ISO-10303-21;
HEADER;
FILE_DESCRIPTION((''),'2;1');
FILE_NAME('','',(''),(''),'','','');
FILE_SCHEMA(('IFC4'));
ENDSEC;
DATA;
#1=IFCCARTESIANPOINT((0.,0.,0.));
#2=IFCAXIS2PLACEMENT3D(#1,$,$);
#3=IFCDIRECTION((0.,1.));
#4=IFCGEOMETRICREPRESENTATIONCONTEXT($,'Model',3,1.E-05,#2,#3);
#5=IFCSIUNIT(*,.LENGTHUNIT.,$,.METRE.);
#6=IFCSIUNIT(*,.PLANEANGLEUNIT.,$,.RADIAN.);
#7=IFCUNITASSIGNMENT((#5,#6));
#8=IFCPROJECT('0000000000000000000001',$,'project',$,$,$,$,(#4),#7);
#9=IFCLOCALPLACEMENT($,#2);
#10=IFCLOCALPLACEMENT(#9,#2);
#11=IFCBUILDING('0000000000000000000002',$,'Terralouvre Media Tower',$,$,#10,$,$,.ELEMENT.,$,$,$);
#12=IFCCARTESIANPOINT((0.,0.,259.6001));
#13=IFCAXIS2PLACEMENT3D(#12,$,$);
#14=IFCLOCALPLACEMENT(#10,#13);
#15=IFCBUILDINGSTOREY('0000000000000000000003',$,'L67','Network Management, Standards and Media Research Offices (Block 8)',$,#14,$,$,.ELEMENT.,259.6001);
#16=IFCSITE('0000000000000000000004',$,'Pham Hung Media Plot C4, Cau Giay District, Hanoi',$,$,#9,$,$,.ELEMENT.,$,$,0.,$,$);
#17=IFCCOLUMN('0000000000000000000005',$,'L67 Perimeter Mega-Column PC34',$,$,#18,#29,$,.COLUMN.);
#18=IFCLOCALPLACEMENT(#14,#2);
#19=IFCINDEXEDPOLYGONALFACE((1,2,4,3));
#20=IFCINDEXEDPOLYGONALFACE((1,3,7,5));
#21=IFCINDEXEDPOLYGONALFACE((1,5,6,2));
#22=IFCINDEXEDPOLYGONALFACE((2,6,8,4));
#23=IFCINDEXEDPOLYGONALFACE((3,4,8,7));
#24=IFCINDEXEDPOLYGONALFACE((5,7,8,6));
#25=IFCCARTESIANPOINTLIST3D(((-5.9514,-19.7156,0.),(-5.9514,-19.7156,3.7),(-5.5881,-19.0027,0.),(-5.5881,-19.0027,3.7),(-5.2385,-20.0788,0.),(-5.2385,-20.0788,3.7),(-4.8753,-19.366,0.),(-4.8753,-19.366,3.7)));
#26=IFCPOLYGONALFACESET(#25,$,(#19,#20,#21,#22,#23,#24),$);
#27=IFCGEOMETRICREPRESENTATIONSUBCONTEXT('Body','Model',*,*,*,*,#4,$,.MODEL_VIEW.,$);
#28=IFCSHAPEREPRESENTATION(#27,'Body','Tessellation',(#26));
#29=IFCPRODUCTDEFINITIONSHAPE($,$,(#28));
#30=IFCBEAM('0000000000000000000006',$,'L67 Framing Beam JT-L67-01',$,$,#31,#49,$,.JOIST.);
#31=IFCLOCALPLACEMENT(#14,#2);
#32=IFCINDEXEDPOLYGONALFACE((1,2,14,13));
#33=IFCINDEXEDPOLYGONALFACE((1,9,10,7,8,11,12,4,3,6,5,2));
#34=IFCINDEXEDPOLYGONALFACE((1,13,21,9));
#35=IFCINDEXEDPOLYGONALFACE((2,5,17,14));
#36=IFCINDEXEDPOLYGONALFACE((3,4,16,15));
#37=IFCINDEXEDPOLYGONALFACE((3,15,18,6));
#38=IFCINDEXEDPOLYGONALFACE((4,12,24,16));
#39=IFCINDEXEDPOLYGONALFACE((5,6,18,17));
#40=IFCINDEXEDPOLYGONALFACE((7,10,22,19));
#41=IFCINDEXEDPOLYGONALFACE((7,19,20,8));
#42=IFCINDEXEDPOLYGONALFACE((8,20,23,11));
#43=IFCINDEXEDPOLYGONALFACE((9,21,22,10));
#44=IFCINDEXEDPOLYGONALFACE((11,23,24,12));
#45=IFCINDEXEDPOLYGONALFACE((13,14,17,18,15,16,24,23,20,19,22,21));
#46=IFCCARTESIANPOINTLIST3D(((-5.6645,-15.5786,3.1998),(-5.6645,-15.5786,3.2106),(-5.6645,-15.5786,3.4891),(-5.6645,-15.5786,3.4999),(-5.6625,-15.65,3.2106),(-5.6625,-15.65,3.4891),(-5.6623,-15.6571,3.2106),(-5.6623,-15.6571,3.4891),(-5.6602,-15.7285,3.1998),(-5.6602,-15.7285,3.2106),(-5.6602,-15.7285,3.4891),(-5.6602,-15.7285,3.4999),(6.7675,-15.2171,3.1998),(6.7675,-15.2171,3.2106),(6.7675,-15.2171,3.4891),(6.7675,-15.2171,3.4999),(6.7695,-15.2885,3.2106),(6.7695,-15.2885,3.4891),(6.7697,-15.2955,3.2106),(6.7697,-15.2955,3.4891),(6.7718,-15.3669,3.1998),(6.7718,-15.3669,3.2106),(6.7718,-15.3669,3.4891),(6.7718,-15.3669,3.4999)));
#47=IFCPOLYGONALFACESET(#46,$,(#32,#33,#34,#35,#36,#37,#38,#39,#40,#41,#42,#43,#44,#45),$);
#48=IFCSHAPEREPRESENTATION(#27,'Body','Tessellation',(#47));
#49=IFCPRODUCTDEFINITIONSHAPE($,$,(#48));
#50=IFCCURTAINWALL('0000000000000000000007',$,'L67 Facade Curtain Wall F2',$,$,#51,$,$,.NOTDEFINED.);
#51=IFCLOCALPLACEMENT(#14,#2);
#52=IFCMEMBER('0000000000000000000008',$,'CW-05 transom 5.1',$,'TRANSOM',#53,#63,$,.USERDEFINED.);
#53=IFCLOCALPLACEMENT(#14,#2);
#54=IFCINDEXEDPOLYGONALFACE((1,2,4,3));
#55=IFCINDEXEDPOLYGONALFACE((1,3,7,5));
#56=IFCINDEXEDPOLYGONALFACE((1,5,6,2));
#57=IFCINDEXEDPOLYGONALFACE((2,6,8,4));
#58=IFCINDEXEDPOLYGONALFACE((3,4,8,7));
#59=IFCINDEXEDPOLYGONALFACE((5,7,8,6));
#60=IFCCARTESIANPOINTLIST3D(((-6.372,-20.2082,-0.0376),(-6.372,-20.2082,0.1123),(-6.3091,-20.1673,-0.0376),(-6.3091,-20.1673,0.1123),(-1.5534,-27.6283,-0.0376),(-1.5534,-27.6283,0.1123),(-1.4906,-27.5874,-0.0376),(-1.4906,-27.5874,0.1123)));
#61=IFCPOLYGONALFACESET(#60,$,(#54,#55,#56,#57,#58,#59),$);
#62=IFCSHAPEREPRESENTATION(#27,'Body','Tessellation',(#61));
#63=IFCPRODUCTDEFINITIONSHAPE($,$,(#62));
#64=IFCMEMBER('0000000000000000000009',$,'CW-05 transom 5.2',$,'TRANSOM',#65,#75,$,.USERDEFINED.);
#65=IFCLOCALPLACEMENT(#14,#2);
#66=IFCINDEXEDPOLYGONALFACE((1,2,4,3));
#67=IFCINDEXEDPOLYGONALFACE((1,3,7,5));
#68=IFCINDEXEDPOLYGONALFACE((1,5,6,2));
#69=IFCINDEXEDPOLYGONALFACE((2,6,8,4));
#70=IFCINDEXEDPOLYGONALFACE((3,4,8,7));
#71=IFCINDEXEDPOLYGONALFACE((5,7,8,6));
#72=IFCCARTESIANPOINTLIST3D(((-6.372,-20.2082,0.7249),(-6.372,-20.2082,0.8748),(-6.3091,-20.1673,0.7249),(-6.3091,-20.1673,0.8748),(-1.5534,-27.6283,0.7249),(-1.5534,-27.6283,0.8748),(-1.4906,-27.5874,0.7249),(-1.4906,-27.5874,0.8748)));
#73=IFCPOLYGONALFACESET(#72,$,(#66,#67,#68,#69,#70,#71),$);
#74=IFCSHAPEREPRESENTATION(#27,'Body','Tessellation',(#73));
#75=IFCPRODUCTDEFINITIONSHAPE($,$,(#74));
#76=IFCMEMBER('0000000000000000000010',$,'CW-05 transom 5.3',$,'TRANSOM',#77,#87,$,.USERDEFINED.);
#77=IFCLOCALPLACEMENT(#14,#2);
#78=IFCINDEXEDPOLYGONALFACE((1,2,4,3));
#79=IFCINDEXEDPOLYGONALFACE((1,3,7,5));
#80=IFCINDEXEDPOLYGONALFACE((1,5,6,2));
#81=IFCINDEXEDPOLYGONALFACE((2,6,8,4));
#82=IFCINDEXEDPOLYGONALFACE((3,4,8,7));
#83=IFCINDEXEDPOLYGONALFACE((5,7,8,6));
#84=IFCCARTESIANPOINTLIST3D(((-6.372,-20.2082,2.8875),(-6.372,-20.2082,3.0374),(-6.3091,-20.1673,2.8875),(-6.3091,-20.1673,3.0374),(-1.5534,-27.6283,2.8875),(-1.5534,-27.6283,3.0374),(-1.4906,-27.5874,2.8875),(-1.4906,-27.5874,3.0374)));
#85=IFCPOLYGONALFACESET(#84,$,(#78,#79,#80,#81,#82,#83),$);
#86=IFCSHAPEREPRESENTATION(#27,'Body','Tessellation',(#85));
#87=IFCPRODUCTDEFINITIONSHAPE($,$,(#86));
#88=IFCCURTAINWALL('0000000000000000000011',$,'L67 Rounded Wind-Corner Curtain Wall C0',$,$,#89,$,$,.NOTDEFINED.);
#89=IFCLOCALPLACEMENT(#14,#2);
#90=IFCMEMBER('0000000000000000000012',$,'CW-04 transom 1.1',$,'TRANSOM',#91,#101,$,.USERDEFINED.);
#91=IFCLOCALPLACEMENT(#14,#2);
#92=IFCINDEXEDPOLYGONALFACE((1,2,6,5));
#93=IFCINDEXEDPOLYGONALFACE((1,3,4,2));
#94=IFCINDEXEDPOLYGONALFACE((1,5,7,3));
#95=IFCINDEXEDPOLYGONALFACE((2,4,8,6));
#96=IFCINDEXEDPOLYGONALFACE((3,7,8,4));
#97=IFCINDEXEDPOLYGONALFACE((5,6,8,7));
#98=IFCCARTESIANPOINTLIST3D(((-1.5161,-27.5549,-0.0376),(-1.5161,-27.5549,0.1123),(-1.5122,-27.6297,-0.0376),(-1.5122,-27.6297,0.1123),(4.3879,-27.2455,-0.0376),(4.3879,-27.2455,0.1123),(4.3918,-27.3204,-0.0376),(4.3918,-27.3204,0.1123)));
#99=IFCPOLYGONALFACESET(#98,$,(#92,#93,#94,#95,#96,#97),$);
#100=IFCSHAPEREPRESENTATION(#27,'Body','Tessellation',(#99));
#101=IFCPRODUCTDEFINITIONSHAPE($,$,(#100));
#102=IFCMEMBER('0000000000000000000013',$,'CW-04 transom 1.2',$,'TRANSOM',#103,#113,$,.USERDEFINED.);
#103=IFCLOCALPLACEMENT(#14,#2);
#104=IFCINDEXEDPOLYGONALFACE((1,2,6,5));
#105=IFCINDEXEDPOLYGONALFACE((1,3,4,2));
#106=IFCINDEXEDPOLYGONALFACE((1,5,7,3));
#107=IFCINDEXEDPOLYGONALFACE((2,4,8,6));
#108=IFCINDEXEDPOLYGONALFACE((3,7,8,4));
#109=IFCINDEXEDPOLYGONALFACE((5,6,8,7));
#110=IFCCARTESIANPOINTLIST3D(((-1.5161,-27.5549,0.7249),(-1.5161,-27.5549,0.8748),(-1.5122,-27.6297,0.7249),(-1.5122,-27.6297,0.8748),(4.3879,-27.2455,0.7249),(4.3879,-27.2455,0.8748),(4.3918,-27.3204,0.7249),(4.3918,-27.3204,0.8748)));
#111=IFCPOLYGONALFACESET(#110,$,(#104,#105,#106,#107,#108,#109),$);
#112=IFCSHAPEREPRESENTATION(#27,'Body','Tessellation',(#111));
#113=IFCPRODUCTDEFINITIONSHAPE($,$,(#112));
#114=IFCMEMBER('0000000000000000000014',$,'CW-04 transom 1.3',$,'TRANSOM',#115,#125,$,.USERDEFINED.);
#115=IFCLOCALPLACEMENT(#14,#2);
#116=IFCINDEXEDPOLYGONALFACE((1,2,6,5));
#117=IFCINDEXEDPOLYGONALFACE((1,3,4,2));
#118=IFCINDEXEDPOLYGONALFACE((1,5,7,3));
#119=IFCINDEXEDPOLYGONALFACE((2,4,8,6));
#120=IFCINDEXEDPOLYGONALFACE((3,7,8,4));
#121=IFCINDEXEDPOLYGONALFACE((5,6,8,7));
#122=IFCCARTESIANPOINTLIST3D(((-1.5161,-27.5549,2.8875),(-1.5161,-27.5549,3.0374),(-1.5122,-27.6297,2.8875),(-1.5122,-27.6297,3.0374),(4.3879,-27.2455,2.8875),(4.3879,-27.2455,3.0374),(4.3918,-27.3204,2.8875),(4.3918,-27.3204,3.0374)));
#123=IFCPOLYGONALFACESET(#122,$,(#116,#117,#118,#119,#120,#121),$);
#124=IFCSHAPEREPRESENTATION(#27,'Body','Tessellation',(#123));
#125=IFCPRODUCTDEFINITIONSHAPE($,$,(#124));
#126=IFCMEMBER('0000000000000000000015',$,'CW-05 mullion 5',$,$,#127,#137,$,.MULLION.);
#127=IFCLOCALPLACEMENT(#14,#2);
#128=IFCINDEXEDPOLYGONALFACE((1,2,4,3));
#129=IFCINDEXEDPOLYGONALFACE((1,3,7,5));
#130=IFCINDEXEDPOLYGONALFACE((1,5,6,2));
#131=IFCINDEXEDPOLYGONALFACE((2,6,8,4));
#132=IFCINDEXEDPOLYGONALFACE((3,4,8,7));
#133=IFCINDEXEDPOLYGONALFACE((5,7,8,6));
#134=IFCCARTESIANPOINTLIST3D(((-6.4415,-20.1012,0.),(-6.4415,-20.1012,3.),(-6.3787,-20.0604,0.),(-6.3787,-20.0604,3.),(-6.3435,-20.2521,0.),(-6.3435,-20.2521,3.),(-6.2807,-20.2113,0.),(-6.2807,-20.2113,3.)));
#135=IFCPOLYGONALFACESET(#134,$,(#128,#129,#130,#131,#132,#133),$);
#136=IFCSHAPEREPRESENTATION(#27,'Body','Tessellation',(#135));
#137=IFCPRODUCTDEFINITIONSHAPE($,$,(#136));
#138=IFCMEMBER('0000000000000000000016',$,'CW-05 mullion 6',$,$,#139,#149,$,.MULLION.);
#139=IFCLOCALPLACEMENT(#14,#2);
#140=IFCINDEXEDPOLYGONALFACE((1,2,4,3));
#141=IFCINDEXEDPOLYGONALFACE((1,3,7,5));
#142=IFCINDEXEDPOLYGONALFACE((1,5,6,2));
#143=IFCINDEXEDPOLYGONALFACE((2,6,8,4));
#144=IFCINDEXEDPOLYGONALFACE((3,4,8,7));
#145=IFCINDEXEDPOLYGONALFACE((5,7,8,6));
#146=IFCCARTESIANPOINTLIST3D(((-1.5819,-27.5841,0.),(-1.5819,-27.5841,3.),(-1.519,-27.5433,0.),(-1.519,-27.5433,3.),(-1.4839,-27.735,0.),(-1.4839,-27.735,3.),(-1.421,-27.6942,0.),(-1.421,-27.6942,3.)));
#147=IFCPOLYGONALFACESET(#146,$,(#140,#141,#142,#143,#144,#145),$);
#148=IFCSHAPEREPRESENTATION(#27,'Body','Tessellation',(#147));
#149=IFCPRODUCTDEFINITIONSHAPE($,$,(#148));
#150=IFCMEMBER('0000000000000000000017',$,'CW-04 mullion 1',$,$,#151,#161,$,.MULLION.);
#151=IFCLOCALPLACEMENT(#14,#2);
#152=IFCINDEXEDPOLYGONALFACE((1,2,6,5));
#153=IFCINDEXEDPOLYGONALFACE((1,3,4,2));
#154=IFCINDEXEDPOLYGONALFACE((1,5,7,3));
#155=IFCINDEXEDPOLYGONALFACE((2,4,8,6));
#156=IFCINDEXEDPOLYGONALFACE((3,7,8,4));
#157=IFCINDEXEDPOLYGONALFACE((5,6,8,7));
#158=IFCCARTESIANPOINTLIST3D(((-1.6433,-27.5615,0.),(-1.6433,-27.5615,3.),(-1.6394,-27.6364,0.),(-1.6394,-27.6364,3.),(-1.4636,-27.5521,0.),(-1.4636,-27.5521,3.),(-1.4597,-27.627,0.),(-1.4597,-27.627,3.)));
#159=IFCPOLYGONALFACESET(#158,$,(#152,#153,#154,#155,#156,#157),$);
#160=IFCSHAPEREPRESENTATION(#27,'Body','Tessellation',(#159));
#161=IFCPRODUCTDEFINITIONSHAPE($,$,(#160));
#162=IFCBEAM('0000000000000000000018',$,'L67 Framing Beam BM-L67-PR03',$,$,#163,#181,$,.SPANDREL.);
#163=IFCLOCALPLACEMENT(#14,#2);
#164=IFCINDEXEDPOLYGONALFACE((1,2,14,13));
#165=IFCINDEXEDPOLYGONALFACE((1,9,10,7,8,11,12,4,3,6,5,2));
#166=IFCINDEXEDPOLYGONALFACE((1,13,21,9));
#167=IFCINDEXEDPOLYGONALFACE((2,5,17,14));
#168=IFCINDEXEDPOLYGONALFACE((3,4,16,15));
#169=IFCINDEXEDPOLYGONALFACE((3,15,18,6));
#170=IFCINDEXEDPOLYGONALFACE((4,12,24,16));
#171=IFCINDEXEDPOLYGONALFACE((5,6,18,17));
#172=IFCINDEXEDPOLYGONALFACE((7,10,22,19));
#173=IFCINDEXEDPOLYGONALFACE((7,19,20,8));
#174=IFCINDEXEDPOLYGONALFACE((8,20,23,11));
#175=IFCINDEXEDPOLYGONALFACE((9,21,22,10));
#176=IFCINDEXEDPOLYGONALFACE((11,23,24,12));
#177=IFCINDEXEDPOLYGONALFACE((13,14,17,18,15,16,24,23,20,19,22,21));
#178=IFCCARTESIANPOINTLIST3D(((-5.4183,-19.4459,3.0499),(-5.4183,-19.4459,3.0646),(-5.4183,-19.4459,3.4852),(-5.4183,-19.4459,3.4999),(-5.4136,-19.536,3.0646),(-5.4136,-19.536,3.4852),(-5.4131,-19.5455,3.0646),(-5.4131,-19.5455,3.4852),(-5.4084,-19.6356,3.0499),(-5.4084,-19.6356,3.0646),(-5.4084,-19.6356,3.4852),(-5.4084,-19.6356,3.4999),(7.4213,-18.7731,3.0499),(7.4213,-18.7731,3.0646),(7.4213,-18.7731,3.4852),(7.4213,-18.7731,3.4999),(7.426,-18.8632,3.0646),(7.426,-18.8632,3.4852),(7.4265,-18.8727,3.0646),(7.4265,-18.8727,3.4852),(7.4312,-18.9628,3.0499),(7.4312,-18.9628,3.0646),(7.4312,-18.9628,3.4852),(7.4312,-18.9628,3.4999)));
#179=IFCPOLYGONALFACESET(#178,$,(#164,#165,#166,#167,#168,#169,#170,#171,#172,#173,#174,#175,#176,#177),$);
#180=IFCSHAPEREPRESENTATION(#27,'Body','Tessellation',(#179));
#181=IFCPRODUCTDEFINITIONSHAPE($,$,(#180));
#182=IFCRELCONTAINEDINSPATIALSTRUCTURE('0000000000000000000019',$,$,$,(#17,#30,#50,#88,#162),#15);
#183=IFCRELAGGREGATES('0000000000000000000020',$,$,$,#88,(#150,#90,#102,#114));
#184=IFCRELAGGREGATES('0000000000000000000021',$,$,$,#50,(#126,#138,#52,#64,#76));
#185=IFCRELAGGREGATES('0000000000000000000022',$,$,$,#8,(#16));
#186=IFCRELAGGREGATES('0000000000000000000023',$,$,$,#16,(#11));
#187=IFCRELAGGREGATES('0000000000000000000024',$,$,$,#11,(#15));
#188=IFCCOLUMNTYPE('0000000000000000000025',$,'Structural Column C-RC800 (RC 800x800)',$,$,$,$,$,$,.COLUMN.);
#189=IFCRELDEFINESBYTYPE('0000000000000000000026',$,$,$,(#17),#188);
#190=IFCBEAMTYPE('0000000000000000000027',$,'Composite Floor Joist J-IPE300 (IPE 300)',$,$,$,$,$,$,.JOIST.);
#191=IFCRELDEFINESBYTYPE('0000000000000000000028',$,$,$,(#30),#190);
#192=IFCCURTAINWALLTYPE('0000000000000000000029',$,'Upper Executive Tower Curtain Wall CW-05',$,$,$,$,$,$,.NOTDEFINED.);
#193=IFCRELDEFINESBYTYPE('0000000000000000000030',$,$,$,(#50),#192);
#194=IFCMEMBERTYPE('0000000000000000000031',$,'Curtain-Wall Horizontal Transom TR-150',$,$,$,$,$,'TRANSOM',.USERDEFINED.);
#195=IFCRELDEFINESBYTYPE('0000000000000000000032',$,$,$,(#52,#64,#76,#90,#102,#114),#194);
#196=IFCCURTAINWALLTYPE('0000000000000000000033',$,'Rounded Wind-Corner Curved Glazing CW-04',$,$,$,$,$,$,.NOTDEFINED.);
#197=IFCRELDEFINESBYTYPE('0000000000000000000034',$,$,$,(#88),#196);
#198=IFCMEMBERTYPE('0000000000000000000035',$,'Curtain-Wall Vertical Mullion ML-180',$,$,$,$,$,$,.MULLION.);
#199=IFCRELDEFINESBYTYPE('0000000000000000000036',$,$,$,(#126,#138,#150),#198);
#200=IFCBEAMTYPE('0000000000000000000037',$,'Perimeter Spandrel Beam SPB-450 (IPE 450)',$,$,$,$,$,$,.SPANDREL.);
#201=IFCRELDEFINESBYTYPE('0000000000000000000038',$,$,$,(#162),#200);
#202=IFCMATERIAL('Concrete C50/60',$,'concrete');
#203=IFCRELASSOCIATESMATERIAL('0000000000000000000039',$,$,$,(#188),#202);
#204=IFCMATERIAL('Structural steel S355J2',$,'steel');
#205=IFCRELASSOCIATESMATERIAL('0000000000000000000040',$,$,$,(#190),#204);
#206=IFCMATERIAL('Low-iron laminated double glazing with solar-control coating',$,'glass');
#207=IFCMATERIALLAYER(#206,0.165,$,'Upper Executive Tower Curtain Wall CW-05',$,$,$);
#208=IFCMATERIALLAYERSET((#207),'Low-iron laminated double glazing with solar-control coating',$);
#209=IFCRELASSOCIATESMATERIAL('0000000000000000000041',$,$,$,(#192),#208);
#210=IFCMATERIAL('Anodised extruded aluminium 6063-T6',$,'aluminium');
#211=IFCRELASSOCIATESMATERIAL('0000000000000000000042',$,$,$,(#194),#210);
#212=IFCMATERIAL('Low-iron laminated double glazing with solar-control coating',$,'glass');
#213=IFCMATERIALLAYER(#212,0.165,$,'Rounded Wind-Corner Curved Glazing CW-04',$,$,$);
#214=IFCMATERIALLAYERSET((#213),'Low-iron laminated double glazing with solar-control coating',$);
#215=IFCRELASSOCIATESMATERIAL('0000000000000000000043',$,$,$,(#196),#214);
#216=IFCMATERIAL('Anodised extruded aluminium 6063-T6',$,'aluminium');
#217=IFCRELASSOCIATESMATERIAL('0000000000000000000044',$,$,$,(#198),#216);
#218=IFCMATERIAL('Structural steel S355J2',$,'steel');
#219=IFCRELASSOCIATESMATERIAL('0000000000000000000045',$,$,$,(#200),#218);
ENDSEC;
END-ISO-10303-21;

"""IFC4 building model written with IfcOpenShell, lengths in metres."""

from ifc_helpers import new_model, si_unit, direction, frame, origin, origin_2d, place, context, subcontext, project, spatial, rectangle, i_section, extrude, material, layer, layer_set, material_profile, profile_set, type_object, element, aggregate, save


model = new_model("IFC4")

# Units and contexts
model_context = context("Model", 3, precision=1e-05, world=origin(), true_north=direction((0.0, 1.0)))
body_context = subcontext(model_context, "Body", "Model", "MODEL_VIEW")
ifc_project = project(units=[si_unit("LENGTHUNIT", "METRE"), si_unit("PLANEANGLEUNIT", "RADIAN")], contexts=[model_context])

# Site, building, storey
site_placement = place(None, origin())
site = spatial("IfcSite", under=ifc_project, at=site_placement, Name="Pham Hung Media Plot C4, Cau Giay District, Hanoi", CompositionType="ELEMENT", RefElevation=0.0)
building_placement = place(site_placement, origin())
building = spatial("IfcBuilding", under=site, at=building_placement, Name="Terralouvre Media Tower", CompositionType="ELEMENT")
storey_placement = place(building_placement, frame((0.0, 0.0, 259.6001)))
storey = spatial("IfcBuildingStorey", under=building, at=storey_placement, Name="L67", Description="Network Management, Standards and Media Research Offices (Block 8)", CompositionType="ELEMENT", Elevation=259.6001)

# Column
ifc_material_1 = material(Name="Concrete C50/60", Category="concrete")
ifc_material_profile_1 = material_profile(ifc_material_1, rectangle(XDim=0.8, YDim=0.8, at=origin_2d()), Name="RC 800x800")
ifc_profile_set_1 = profile_set([ifc_material_profile_1], Name="Concrete C50/60")
column_type = type_object("IfcColumnType", Name="Structural Column C-RC800 (RC 800x800)", PredefinedType="COLUMN", material=ifc_profile_set_1)
column_placement = place(storey_placement, frame((-5.4133, -19.5408, 0.0), z_axis=(0.0, 0.0, 1.0), x_axis=(0.45399, 0.891007, 0.0)))
element("IfcColumn", 1, at=column_placement, inside=storey, type_object=column_type, Name="L67 Perimeter Mega-Column PC34", PredefinedType="COLUMN", context=body_context, shape_type="SweptSolid", body=[
    extrude(rectangle(XDim=0.8, YDim=0.8, at=origin_2d()), origin(), (0.0, 0.0, 1.0), 3.7),
])

# Beam
ifc_material_2 = material(Name="Structural steel S355J2", Category="steel")
ifc_material_profile_2 = material_profile(ifc_material_2, i_section(OverallWidth=0.1499, OverallDepth=0.3, WebThickness=0.0071, FlangeThickness=0.0107, at=origin_2d()), Name="IPE 300")
ifc_profile_set_2 = profile_set([ifc_material_profile_2], Name="Structural steel S355J2")
beam_type_1 = type_object("IfcBeamType", Name="Composite Floor Joist J-IPE300 (IPE 300)", PredefinedType="JOIST", material=ifc_profile_set_2)
beam_1_placement = place(storey_placement, frame((-5.6624, -15.6536, 3.3499), z_axis=(0.999577, 0.029072, 0.0), x_axis=(-0.029072, 0.999577, 0.0)))
element("IfcBeam", 2, at=beam_1_placement, inside=storey, type_object=beam_type_1, Name="L67 Framing Beam JT-L67-01", PredefinedType="JOIST", context=body_context, shape_type="SweptSolid", body=[
    extrude(i_section(OverallWidth=0.1499, OverallDepth=0.3, WebThickness=0.0071, FlangeThickness=0.0107, at=origin_2d()), origin(), (0.0, 0.0, 1.0), 12.4373),
])

# Curtain walls, members
ifc_material_3 = material(Name="Low-iron laminated double glazing with solar-control coating", Category="glass")
ifc_layer_1 = layer(ifc_material_3, 0.165, Name="Upper Executive Tower Curtain Wall CW-05")
ifc_layer_set_1 = layer_set([ifc_layer_1], Name="Low-iron laminated double glazing with solar-control coating")
curtain_wall_type_1 = type_object("IfcCurtainWallType", Name="Upper Executive Tower Curtain Wall CW-05", PredefinedType="NOTDEFINED", material=ifc_layer_set_1)
curtain_wall_1_placement = place(storey_placement, origin())
curtain_wall_1 = element("IfcCurtainWall", 3, at=curtain_wall_1_placement, inside=storey, type_object=curtain_wall_type_1, Name="L67 Facade Curtain Wall F2", PredefinedType="NOTDEFINED")
ifc_material_4 = material(Name="Anodised extruded aluminium 6063-T6", Category="aluminium")
ifc_material_profile_3 = material_profile(ifc_material_4, rectangle(XDim=0.075, YDim=0.1499, at=origin_2d()), Name="ALU 75x150")
ifc_profile_set_3 = profile_set([ifc_material_profile_3], Name="Anodised extruded aluminium 6063-T6")
member_type_1 = type_object("IfcMemberType", Name="Curtain-Wall Horizontal Transom TR-150", ElementType="TRANSOM", PredefinedType="USERDEFINED", material=ifc_profile_set_3)
member_1_placement = place(storey_placement, frame((-6.3406, -20.1877, 0.0374), z_axis=(0.54463, -0.838676, 0.0), x_axis=(0.838676, 0.54463, 0.0)))
member_1 = element("IfcMember", 4, at=member_1_placement, type_object=member_type_1, Name="CW-05 transom 5.1", ObjectType="TRANSOM", PredefinedType="USERDEFINED", context=body_context, shape_type="SweptSolid", body=[
    extrude(rectangle(XDim=0.075, YDim=0.1499, at=origin_2d()), origin(), (0.0, 0.0, 1.0), 8.8474),
])
member_2_placement = place(storey_placement, frame((-6.3406, -20.1877, 0.7998), z_axis=(0.54463, -0.838676, 0.0), x_axis=(0.838676, 0.54463, 0.0)))
member_2 = element("IfcMember", 5, at=member_2_placement, type_object=member_type_1, Name="CW-05 transom 5.2", ObjectType="TRANSOM", PredefinedType="USERDEFINED", context=body_context, shape_type="SweptSolid", body=[
    extrude(rectangle(XDim=0.075, YDim=0.1499, at=origin_2d()), origin(), (0.0, 0.0, 1.0), 8.8474),
])
member_3_placement = place(storey_placement, frame((-6.3406, -20.1877, 2.9624), z_axis=(0.54463, -0.838676, 0.0), x_axis=(0.838676, 0.54463, 0.0)))
member_3 = element("IfcMember", 6, at=member_3_placement, type_object=member_type_1, Name="CW-05 transom 5.3", ObjectType="TRANSOM", PredefinedType="USERDEFINED", context=body_context, shape_type="SweptSolid", body=[
    extrude(rectangle(XDim=0.075, YDim=0.1499, at=origin_2d()), origin(), (0.0, 0.0, 1.0), 8.8474),
])
ifc_material_5 = material(Name="Low-iron laminated double glazing with solar-control coating", Category="glass")
ifc_layer_2 = layer(ifc_material_5, 0.165, Name="Rounded Wind-Corner Curved Glazing CW-04")
ifc_layer_set_2 = layer_set([ifc_layer_2], Name="Low-iron laminated double glazing with solar-control coating")
curtain_wall_type_2 = type_object("IfcCurtainWallType", Name="Rounded Wind-Corner Curved Glazing CW-04", PredefinedType="NOTDEFINED", material=ifc_layer_set_2)
curtain_wall_2_placement = place(storey_placement, origin())
curtain_wall_2 = element("IfcCurtainWall", 7, at=curtain_wall_2_placement, inside=storey, type_object=curtain_wall_type_2, Name="L67 Rounded Wind-Corner Curtain Wall C0", PredefinedType="NOTDEFINED")
member_4_placement = place(storey_placement, frame((-1.5142, -27.5923, 0.0374), z_axis=(0.99863, 0.05232, 0.0), x_axis=(-0.05232, 0.99863, 0.0)))
member_4 = element("IfcMember", 8, at=member_4_placement, type_object=member_type_1, Name="CW-04 transom 1.1", ObjectType="TRANSOM", PredefinedType="USERDEFINED", context=body_context, shape_type="SweptSolid", body=[
    extrude(rectangle(XDim=0.075, YDim=0.1499, at=origin_2d()), origin(), (0.0, 0.0, 1.0), 5.9121),
])
member_5_placement = place(storey_placement, frame((-1.5142, -27.5923, 0.7998), z_axis=(0.99863, 0.05232, 0.0), x_axis=(-0.05232, 0.99863, 0.0)))
member_5 = element("IfcMember", 9, at=member_5_placement, type_object=member_type_1, Name="CW-04 transom 1.2", ObjectType="TRANSOM", PredefinedType="USERDEFINED", context=body_context, shape_type="SweptSolid", body=[
    extrude(rectangle(XDim=0.075, YDim=0.1499, at=origin_2d()), origin(), (0.0, 0.0, 1.0), 5.9121),
])
member_6_placement = place(storey_placement, frame((-1.5142, -27.5923, 2.9624), z_axis=(0.99863, 0.05232, 0.0), x_axis=(-0.05232, 0.99863, 0.0)))
member_6 = element("IfcMember", 10, at=member_6_placement, type_object=member_type_1, Name="CW-04 transom 1.3", ObjectType="TRANSOM", PredefinedType="USERDEFINED", context=body_context, shape_type="SweptSolid", body=[
    extrude(rectangle(XDim=0.075, YDim=0.1499, at=origin_2d()), origin(), (0.0, 0.0, 1.0), 5.9121),
])

# Members
ifc_material_6 = material(Name="Anodised extruded aluminium 6063-T6", Category="aluminium")
ifc_material_profile_4 = material_profile(ifc_material_6, rectangle(XDim=0.075, YDim=0.1799, at=origin_2d()), Name="ALU 75x180")
ifc_profile_set_4 = profile_set([ifc_material_profile_4], Name="Anodised extruded aluminium 6063-T6")
member_type_2 = type_object("IfcMemberType", Name="Curtain-Wall Vertical Mullion ML-180", PredefinedType="MULLION", material=ifc_profile_set_4)
member_7_placement = place(storey_placement, frame((-6.3611, -20.1562, 0.0), z_axis=(0.0, 0.0, 1.0), x_axis=(0.838671, 0.544639, 0.0)))
member_7 = element("IfcMember", 11, at=member_7_placement, type_object=member_type_2, Name="CW-05 mullion 5", PredefinedType="MULLION", context=body_context, shape_type="SweptSolid", body=[
    extrude(rectangle(XDim=0.075, YDim=0.1799, at=origin_2d()), origin(), (0.0, 0.0, 1.0), 3.0),
])
member_8_placement = place(storey_placement, frame((-1.5015, -27.6392, 0.0), z_axis=(0.0, 0.0, 1.0), x_axis=(0.838671, 0.544639, 0.0)))
member_8 = element("IfcMember", 12, at=member_8_placement, type_object=member_type_2, Name="CW-05 mullion 6", PredefinedType="MULLION", context=body_context, shape_type="SweptSolid", body=[
    extrude(rectangle(XDim=0.075, YDim=0.1799, at=origin_2d()), origin(), (0.0, 0.0, 1.0), 3.0),
])
member_9_placement = place(storey_placement, frame((-1.5515, -27.5942, 0.0), z_axis=(0.0, 0.0, 1.0), x_axis=(-0.052336, 0.99863, 0.0)))
member_9 = element("IfcMember", 13, at=member_9_placement, type_object=member_type_2, Name="CW-04 mullion 1", PredefinedType="MULLION", context=body_context, shape_type="SweptSolid", body=[
    extrude(rectangle(XDim=0.075, YDim=0.1799, at=origin_2d()), origin(), (0.0, 0.0, 1.0), 3.0),
])
aggregate(curtain_wall_2, [member_9, member_4, member_5, member_6])

# Beam
ifc_material_7 = material(Name="Structural steel S355J2", Category="steel")
ifc_material_profile_5 = material_profile(ifc_material_7, i_section(OverallWidth=0.1899, OverallDepth=0.45, WebThickness=0.0095, FlangeThickness=0.0146, at=origin_2d()), Name="IPE 450")
ifc_profile_set_5 = profile_set([ifc_material_profile_5], Name="Structural steel S355J2")
beam_type_2 = type_object("IfcBeamType", Name="Perimeter Spandrel Beam SPB-450 (IPE 450)", PredefinedType="SPANDREL", material=ifc_profile_set_5)
beam_2_placement = place(storey_placement, frame((-5.4133, -19.5408, 3.2749), z_axis=(0.99863, 0.052333, 0.0), x_axis=(-0.052333, 0.99863, 0.0)))
element("IfcBeam", 14, at=beam_2_placement, inside=storey, type_object=beam_type_2, Name="L67 Framing Beam BM-L67-PR03", PredefinedType="SPANDREL", context=body_context, shape_type="SweptSolid", body=[
    extrude(i_section(OverallWidth=0.1899, OverallDepth=0.45, WebThickness=0.0095, FlangeThickness=0.0146, at=origin_2d()), origin(), (0.0, 0.0, 1.0), 12.8572),
])

aggregate(curtain_wall_1, [member_7, member_8, member_1, member_2, member_3])

save(model, "model.ifc")
